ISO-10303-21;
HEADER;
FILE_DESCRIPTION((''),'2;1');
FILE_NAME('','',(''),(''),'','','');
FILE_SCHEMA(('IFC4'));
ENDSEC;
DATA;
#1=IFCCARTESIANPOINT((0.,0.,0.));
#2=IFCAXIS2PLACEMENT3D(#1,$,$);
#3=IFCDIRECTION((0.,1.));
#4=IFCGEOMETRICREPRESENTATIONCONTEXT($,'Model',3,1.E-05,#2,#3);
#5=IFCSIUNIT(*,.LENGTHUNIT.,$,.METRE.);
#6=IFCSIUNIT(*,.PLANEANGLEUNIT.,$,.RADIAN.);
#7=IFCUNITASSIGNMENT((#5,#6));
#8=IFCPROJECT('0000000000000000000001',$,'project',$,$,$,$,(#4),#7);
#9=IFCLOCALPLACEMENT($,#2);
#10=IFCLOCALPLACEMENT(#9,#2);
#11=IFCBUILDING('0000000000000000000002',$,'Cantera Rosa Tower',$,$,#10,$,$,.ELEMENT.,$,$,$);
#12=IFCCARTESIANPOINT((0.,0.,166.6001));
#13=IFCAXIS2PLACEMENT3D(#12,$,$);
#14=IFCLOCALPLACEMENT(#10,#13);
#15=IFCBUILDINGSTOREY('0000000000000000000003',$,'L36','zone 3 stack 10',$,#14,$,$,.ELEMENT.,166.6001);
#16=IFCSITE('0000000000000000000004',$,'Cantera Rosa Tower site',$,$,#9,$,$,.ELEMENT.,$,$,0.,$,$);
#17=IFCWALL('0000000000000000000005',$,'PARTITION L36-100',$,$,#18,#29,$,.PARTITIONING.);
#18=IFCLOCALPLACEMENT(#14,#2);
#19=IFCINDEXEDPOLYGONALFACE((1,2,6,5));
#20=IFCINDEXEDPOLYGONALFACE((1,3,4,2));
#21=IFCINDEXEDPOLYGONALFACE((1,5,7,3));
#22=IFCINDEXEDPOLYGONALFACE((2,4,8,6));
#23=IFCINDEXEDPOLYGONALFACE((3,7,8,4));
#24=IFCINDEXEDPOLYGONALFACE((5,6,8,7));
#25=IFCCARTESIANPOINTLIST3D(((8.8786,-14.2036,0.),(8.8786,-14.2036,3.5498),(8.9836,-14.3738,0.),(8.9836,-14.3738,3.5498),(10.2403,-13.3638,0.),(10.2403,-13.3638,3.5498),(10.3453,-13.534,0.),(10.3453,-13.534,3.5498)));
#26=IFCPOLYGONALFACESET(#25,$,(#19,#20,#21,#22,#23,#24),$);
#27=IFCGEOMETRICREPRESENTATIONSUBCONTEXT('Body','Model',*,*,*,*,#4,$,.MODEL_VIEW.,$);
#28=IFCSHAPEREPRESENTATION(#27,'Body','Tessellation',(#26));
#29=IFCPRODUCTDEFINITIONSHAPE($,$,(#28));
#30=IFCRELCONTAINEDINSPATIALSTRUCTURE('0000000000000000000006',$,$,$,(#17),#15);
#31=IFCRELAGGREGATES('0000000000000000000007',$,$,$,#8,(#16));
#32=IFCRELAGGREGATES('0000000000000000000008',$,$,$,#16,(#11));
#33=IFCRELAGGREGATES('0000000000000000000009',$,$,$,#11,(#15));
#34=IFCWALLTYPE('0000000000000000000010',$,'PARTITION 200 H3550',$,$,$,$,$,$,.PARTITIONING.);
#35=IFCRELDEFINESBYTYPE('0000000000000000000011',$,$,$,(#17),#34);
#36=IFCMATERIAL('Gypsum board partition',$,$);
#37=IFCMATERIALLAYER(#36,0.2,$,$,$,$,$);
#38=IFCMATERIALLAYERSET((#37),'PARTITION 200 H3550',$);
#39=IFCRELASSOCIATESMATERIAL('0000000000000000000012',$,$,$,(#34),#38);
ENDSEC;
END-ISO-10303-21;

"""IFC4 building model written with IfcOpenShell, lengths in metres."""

from ifc_helpers import new_model, si_unit, direction, frame, frame_2d, origin, place, context, subcontext, project, spatial, rectangle, extrude, material, layer, layer_set, type_object, element, save


model = new_model("IFC4")

# Units and contexts
model_context = context("Model", 3, precision=1e-05, world=origin(), true_north=direction((0.0, 1.0)))
body_context = subcontext(model_context, "Body", "Model", "MODEL_VIEW")
ifc_project = project(units=[si_unit("LENGTHUNIT", "METRE"), si_unit("PLANEANGLEUNIT", "RADIAN")], contexts=[model_context])

# Site, building, storey
site_placement = place(None, origin())
site = spatial("IfcSite", under=ifc_project, at=site_placement, Name="Cantera Rosa Tower site", CompositionType="ELEMENT", RefElevation=0.0)
building_placement = place(site_placement, origin())
building = spatial("IfcBuilding", under=site, at=building_placement, Name="Cantera Rosa Tower", CompositionType="ELEMENT")
storey_placement = place(building_placement, frame((0.0, 0.0, 166.6001)))
storey = spatial("IfcBuildingStorey", under=building, at=storey_placement, Name="L36", Description="zone 3 stack 10", CompositionType="ELEMENT", Elevation=166.6001)

# Shared definitions
ifc_material_1 = material(Name="Gypsum board partition")
ifc_layer_1 = layer(ifc_material_1, 0.2)
ifc_layer_set_1 = layer_set([ifc_layer_1], Name="PARTITION 200 H3550")
wall_type_1 = type_object("IfcWallType", Name="PARTITION 200 H3550", PredefinedType="PARTITIONING", material=ifc_layer_set_1)

# Wall
wall_1_placement = place(storey_placement, frame((10.2927, -13.449, 0.0), z_axis=(0.0, 0.0, 1.0), x_axis=(-0.851155, -0.524914, 0.0)))
element("IfcWall", 1, at=wall_1_placement, inside=storey, type_object=wall_type_1, Name="PARTITION L36-100", PredefinedType="PARTITIONING", context=body_context, shape_type="SweptSolid", body=[
    extrude(rectangle(XDim=1.5999, YDim=0.2, at=frame_2d((0.7998, 0.0))), origin(), (0.0, 0.0, 1.0), 3.5498),
])

save(model, "model.ifc")
